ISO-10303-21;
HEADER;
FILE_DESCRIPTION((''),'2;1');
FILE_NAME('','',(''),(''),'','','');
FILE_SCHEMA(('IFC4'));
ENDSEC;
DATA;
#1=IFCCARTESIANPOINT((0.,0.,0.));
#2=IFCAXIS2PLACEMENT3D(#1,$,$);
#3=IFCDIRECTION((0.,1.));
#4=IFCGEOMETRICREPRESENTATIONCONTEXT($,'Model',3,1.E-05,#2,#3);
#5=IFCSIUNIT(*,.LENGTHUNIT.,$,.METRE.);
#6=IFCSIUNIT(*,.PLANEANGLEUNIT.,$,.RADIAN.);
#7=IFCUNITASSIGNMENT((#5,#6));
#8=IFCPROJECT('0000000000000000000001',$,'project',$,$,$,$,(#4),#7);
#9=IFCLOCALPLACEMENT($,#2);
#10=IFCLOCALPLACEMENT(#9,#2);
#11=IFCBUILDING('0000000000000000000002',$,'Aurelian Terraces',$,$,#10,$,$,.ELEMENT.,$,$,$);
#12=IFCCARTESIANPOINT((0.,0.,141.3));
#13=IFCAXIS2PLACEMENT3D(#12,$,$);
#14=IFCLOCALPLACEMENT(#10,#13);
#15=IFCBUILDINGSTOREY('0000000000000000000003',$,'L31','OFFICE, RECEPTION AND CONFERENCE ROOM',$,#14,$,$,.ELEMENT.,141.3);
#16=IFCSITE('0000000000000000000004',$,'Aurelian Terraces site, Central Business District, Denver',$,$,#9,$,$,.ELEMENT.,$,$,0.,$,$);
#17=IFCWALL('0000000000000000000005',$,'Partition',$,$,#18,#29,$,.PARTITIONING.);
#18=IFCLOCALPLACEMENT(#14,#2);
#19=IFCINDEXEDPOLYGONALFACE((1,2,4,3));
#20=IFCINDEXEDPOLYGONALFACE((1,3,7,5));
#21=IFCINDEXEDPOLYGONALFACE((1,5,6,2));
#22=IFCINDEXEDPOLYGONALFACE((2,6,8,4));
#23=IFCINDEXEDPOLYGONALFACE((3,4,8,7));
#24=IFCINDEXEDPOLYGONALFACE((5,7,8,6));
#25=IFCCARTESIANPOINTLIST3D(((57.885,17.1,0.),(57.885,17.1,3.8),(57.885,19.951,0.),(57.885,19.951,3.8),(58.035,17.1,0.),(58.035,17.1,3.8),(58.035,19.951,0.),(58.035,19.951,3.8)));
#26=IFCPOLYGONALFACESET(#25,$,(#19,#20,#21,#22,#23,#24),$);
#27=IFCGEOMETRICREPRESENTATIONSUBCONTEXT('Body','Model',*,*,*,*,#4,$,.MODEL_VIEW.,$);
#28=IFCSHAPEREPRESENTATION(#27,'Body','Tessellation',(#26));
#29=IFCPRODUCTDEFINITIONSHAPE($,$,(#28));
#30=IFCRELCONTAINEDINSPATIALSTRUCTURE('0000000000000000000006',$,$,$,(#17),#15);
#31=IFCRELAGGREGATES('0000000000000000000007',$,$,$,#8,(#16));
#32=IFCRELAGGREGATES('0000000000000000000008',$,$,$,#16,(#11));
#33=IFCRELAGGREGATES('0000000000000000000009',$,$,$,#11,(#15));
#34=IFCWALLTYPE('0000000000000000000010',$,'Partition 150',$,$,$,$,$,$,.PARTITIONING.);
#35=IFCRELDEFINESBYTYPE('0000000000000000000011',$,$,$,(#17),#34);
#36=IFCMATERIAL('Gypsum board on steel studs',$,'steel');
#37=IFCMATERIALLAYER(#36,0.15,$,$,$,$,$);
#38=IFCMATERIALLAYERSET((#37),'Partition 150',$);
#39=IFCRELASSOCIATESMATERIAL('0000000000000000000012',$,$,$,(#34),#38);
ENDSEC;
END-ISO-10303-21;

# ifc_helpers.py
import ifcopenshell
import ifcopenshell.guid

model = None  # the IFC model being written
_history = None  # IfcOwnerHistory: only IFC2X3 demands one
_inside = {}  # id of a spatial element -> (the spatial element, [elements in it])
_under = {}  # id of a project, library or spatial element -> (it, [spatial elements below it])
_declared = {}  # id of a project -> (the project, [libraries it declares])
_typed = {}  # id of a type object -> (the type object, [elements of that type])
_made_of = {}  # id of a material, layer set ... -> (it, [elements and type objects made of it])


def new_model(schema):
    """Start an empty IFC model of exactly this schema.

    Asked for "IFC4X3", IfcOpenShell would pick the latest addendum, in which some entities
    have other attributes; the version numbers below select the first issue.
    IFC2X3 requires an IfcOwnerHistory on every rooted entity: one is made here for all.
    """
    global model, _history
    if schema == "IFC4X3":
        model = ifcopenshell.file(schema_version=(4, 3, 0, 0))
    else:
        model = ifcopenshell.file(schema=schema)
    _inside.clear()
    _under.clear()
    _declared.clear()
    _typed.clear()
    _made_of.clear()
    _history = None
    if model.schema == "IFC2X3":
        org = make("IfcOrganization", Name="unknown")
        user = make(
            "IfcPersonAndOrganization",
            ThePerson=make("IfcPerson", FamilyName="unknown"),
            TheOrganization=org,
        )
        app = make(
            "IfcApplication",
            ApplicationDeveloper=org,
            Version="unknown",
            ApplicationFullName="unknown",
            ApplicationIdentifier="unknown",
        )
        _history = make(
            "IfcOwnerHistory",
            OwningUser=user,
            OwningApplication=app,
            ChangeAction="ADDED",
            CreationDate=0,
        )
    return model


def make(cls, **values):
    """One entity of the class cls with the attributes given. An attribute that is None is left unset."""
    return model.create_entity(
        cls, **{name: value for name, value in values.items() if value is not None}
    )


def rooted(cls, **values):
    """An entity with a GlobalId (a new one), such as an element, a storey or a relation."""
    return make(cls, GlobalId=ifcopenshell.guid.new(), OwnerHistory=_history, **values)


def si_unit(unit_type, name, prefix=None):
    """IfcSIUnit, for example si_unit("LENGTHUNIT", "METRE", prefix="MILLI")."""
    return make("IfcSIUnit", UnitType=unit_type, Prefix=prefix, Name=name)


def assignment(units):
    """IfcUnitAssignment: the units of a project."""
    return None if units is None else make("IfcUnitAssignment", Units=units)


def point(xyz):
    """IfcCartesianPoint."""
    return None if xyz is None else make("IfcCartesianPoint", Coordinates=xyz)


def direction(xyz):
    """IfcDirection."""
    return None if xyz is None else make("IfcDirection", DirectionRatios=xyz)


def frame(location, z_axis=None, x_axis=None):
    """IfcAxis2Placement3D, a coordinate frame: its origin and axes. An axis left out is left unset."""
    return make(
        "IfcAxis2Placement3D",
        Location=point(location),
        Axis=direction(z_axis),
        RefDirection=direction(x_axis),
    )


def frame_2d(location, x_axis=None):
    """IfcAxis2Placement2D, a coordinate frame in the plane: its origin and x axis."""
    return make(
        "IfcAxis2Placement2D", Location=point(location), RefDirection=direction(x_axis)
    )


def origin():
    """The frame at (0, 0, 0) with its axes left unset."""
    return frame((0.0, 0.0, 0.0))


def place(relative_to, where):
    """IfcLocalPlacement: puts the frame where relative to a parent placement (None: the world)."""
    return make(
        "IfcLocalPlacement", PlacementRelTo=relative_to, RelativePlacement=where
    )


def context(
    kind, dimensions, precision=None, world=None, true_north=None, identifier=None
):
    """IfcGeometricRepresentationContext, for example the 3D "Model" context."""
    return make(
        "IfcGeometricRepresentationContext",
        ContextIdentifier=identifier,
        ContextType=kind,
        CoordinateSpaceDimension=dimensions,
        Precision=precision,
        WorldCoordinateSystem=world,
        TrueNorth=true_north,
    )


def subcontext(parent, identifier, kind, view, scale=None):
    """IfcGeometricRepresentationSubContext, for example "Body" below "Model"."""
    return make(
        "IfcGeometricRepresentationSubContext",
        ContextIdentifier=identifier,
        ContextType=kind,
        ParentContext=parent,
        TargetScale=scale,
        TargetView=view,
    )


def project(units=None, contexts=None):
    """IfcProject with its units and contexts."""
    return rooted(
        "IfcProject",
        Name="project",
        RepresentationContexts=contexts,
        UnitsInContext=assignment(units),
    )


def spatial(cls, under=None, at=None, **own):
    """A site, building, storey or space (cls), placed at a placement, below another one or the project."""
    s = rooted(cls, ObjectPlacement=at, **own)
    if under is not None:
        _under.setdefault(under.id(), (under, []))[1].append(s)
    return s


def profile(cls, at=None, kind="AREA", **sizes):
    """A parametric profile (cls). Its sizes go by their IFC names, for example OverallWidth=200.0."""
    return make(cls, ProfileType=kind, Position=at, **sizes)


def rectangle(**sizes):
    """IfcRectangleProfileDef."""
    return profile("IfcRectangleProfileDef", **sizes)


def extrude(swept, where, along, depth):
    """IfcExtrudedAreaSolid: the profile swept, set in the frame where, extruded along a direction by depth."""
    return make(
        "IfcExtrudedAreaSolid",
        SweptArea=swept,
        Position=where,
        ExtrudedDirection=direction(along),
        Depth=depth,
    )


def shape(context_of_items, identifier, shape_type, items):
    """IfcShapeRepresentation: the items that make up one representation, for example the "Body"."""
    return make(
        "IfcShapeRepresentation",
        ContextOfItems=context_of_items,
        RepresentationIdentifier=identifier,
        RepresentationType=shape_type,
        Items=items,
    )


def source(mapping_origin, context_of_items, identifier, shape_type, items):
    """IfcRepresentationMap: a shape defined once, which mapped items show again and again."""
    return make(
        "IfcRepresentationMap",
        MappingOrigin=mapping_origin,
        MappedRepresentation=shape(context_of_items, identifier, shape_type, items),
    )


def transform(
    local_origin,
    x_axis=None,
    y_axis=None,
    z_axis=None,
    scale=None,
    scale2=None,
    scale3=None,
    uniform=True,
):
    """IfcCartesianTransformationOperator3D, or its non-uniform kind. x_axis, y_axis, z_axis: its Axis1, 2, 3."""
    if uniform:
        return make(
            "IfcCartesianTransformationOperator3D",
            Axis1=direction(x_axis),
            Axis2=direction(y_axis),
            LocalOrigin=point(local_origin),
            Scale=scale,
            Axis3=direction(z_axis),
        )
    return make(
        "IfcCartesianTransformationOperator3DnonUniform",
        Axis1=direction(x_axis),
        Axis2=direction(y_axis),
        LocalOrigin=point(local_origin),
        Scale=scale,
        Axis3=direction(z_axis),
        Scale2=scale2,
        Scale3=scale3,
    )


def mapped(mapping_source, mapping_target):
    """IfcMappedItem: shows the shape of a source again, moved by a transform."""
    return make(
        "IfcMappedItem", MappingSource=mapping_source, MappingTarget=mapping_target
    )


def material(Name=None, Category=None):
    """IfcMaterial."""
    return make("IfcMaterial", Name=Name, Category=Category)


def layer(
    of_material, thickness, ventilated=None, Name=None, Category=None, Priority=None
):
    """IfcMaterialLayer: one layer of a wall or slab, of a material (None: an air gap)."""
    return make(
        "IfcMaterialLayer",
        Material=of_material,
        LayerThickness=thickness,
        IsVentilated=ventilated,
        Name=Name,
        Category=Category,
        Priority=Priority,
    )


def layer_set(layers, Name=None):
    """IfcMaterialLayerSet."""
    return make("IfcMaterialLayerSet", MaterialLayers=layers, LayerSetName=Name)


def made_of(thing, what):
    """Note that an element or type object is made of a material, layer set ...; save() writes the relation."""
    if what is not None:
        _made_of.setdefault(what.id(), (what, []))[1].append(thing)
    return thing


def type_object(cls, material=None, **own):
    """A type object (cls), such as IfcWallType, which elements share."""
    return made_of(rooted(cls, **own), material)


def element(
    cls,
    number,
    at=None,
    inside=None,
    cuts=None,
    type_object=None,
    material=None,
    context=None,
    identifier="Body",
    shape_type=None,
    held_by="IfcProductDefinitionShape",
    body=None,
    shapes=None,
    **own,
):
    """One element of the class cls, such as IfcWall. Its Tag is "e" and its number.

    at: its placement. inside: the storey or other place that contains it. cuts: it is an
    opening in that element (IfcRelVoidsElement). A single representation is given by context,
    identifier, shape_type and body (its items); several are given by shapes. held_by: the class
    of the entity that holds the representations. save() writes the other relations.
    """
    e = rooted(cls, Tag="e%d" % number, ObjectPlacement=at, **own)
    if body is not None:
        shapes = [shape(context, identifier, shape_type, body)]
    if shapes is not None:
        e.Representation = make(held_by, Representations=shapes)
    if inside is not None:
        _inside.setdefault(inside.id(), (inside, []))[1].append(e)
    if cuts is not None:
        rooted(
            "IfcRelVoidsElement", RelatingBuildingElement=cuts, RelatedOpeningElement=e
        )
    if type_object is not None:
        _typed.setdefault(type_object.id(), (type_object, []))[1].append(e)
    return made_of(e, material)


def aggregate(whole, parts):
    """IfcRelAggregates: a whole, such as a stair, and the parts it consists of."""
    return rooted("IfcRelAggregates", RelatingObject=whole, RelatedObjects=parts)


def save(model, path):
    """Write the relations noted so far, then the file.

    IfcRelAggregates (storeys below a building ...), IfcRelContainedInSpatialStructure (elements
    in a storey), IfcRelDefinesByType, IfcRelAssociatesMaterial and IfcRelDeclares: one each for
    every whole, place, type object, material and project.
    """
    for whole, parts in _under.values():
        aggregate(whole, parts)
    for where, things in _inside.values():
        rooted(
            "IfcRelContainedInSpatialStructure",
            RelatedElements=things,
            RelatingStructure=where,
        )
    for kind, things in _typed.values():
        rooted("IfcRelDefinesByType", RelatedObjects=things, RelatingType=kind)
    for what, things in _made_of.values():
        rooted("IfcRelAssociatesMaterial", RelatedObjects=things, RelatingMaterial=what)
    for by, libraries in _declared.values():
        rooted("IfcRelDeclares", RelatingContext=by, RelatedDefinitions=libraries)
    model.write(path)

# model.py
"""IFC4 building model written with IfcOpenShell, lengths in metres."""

from ifc_helpers import new_model, si_unit, direction, frame, frame_2d, origin, place, context, subcontext, project, spatial, rectangle, extrude, source, transform, mapped, material, layer, layer_set, type_object, element, save


model = new_model("IFC4")

# Units and contexts
model_context = context("Model", 3, precision=1e-05, world=origin(), true_north=direction((0.0, 1.0)))
body_context = subcontext(model_context, "Body", "Model", "MODEL_VIEW")
ifc_project = project(units=[si_unit("LENGTHUNIT", "METRE"), si_unit("PLANEANGLEUNIT", "RADIAN")], contexts=[model_context])

# Site, building, storey
site_placement = place(None, origin())
site = spatial("IfcSite", under=ifc_project, at=site_placement, Name="Aurelian Terraces site, Central Business District, Denver", CompositionType="ELEMENT", RefElevation=0.0)
building_placement = place(site_placement, origin())
building = spatial("IfcBuilding", under=site, at=building_placement, Name="Aurelian Terraces", CompositionType="ELEMENT")
storey_placement = place(building_placement, frame((0.0, 0.0, 141.3)))
storey = spatial("IfcBuildingStorey", under=building, at=storey_placement, Name="L31", Description="OFFICE, RECEPTION AND CONFERENCE ROOM", CompositionType="ELEMENT", Elevation=141.3)

# Shared definitions
ifc_material_1 = material(Name="Gypsum board on steel studs", Category="steel")
ifc_layer_1 = layer(ifc_material_1, 0.15)
ifc_layer_set_1 = layer_set([ifc_layer_1], Name="Partition 150")
wall_type_1 = type_object("IfcWallType", Name="Partition 150", PredefinedType="PARTITIONING", material=ifc_layer_set_1)

# Wall
shared_shape_1 = source(origin(), body_context, "Body", "SweptSolid", [
    extrude(rectangle(XDim=2.851, YDim=0.15, at=frame_2d((1.4255, 0.0))), origin(), (0.0, 0.0, 1.0), 3.8),
])
wall_1_placement = place(storey_placement, frame((57.96, 17.1, 0.0), z_axis=(0.0, 0.0, 1.0), x_axis=(0.0, 1.0, 0.0)))
element("IfcWall", 1, at=wall_1_placement, inside=storey, type_object=wall_type_1, Name="Partition", PredefinedType="PARTITIONING", context=body_context, shape_type="MappedRepresentation", body=[
    mapped(shared_shape_1, transform((0.0, 0.0, 0.0), scale=1.0)),
])

save(model, "model.ifc")
